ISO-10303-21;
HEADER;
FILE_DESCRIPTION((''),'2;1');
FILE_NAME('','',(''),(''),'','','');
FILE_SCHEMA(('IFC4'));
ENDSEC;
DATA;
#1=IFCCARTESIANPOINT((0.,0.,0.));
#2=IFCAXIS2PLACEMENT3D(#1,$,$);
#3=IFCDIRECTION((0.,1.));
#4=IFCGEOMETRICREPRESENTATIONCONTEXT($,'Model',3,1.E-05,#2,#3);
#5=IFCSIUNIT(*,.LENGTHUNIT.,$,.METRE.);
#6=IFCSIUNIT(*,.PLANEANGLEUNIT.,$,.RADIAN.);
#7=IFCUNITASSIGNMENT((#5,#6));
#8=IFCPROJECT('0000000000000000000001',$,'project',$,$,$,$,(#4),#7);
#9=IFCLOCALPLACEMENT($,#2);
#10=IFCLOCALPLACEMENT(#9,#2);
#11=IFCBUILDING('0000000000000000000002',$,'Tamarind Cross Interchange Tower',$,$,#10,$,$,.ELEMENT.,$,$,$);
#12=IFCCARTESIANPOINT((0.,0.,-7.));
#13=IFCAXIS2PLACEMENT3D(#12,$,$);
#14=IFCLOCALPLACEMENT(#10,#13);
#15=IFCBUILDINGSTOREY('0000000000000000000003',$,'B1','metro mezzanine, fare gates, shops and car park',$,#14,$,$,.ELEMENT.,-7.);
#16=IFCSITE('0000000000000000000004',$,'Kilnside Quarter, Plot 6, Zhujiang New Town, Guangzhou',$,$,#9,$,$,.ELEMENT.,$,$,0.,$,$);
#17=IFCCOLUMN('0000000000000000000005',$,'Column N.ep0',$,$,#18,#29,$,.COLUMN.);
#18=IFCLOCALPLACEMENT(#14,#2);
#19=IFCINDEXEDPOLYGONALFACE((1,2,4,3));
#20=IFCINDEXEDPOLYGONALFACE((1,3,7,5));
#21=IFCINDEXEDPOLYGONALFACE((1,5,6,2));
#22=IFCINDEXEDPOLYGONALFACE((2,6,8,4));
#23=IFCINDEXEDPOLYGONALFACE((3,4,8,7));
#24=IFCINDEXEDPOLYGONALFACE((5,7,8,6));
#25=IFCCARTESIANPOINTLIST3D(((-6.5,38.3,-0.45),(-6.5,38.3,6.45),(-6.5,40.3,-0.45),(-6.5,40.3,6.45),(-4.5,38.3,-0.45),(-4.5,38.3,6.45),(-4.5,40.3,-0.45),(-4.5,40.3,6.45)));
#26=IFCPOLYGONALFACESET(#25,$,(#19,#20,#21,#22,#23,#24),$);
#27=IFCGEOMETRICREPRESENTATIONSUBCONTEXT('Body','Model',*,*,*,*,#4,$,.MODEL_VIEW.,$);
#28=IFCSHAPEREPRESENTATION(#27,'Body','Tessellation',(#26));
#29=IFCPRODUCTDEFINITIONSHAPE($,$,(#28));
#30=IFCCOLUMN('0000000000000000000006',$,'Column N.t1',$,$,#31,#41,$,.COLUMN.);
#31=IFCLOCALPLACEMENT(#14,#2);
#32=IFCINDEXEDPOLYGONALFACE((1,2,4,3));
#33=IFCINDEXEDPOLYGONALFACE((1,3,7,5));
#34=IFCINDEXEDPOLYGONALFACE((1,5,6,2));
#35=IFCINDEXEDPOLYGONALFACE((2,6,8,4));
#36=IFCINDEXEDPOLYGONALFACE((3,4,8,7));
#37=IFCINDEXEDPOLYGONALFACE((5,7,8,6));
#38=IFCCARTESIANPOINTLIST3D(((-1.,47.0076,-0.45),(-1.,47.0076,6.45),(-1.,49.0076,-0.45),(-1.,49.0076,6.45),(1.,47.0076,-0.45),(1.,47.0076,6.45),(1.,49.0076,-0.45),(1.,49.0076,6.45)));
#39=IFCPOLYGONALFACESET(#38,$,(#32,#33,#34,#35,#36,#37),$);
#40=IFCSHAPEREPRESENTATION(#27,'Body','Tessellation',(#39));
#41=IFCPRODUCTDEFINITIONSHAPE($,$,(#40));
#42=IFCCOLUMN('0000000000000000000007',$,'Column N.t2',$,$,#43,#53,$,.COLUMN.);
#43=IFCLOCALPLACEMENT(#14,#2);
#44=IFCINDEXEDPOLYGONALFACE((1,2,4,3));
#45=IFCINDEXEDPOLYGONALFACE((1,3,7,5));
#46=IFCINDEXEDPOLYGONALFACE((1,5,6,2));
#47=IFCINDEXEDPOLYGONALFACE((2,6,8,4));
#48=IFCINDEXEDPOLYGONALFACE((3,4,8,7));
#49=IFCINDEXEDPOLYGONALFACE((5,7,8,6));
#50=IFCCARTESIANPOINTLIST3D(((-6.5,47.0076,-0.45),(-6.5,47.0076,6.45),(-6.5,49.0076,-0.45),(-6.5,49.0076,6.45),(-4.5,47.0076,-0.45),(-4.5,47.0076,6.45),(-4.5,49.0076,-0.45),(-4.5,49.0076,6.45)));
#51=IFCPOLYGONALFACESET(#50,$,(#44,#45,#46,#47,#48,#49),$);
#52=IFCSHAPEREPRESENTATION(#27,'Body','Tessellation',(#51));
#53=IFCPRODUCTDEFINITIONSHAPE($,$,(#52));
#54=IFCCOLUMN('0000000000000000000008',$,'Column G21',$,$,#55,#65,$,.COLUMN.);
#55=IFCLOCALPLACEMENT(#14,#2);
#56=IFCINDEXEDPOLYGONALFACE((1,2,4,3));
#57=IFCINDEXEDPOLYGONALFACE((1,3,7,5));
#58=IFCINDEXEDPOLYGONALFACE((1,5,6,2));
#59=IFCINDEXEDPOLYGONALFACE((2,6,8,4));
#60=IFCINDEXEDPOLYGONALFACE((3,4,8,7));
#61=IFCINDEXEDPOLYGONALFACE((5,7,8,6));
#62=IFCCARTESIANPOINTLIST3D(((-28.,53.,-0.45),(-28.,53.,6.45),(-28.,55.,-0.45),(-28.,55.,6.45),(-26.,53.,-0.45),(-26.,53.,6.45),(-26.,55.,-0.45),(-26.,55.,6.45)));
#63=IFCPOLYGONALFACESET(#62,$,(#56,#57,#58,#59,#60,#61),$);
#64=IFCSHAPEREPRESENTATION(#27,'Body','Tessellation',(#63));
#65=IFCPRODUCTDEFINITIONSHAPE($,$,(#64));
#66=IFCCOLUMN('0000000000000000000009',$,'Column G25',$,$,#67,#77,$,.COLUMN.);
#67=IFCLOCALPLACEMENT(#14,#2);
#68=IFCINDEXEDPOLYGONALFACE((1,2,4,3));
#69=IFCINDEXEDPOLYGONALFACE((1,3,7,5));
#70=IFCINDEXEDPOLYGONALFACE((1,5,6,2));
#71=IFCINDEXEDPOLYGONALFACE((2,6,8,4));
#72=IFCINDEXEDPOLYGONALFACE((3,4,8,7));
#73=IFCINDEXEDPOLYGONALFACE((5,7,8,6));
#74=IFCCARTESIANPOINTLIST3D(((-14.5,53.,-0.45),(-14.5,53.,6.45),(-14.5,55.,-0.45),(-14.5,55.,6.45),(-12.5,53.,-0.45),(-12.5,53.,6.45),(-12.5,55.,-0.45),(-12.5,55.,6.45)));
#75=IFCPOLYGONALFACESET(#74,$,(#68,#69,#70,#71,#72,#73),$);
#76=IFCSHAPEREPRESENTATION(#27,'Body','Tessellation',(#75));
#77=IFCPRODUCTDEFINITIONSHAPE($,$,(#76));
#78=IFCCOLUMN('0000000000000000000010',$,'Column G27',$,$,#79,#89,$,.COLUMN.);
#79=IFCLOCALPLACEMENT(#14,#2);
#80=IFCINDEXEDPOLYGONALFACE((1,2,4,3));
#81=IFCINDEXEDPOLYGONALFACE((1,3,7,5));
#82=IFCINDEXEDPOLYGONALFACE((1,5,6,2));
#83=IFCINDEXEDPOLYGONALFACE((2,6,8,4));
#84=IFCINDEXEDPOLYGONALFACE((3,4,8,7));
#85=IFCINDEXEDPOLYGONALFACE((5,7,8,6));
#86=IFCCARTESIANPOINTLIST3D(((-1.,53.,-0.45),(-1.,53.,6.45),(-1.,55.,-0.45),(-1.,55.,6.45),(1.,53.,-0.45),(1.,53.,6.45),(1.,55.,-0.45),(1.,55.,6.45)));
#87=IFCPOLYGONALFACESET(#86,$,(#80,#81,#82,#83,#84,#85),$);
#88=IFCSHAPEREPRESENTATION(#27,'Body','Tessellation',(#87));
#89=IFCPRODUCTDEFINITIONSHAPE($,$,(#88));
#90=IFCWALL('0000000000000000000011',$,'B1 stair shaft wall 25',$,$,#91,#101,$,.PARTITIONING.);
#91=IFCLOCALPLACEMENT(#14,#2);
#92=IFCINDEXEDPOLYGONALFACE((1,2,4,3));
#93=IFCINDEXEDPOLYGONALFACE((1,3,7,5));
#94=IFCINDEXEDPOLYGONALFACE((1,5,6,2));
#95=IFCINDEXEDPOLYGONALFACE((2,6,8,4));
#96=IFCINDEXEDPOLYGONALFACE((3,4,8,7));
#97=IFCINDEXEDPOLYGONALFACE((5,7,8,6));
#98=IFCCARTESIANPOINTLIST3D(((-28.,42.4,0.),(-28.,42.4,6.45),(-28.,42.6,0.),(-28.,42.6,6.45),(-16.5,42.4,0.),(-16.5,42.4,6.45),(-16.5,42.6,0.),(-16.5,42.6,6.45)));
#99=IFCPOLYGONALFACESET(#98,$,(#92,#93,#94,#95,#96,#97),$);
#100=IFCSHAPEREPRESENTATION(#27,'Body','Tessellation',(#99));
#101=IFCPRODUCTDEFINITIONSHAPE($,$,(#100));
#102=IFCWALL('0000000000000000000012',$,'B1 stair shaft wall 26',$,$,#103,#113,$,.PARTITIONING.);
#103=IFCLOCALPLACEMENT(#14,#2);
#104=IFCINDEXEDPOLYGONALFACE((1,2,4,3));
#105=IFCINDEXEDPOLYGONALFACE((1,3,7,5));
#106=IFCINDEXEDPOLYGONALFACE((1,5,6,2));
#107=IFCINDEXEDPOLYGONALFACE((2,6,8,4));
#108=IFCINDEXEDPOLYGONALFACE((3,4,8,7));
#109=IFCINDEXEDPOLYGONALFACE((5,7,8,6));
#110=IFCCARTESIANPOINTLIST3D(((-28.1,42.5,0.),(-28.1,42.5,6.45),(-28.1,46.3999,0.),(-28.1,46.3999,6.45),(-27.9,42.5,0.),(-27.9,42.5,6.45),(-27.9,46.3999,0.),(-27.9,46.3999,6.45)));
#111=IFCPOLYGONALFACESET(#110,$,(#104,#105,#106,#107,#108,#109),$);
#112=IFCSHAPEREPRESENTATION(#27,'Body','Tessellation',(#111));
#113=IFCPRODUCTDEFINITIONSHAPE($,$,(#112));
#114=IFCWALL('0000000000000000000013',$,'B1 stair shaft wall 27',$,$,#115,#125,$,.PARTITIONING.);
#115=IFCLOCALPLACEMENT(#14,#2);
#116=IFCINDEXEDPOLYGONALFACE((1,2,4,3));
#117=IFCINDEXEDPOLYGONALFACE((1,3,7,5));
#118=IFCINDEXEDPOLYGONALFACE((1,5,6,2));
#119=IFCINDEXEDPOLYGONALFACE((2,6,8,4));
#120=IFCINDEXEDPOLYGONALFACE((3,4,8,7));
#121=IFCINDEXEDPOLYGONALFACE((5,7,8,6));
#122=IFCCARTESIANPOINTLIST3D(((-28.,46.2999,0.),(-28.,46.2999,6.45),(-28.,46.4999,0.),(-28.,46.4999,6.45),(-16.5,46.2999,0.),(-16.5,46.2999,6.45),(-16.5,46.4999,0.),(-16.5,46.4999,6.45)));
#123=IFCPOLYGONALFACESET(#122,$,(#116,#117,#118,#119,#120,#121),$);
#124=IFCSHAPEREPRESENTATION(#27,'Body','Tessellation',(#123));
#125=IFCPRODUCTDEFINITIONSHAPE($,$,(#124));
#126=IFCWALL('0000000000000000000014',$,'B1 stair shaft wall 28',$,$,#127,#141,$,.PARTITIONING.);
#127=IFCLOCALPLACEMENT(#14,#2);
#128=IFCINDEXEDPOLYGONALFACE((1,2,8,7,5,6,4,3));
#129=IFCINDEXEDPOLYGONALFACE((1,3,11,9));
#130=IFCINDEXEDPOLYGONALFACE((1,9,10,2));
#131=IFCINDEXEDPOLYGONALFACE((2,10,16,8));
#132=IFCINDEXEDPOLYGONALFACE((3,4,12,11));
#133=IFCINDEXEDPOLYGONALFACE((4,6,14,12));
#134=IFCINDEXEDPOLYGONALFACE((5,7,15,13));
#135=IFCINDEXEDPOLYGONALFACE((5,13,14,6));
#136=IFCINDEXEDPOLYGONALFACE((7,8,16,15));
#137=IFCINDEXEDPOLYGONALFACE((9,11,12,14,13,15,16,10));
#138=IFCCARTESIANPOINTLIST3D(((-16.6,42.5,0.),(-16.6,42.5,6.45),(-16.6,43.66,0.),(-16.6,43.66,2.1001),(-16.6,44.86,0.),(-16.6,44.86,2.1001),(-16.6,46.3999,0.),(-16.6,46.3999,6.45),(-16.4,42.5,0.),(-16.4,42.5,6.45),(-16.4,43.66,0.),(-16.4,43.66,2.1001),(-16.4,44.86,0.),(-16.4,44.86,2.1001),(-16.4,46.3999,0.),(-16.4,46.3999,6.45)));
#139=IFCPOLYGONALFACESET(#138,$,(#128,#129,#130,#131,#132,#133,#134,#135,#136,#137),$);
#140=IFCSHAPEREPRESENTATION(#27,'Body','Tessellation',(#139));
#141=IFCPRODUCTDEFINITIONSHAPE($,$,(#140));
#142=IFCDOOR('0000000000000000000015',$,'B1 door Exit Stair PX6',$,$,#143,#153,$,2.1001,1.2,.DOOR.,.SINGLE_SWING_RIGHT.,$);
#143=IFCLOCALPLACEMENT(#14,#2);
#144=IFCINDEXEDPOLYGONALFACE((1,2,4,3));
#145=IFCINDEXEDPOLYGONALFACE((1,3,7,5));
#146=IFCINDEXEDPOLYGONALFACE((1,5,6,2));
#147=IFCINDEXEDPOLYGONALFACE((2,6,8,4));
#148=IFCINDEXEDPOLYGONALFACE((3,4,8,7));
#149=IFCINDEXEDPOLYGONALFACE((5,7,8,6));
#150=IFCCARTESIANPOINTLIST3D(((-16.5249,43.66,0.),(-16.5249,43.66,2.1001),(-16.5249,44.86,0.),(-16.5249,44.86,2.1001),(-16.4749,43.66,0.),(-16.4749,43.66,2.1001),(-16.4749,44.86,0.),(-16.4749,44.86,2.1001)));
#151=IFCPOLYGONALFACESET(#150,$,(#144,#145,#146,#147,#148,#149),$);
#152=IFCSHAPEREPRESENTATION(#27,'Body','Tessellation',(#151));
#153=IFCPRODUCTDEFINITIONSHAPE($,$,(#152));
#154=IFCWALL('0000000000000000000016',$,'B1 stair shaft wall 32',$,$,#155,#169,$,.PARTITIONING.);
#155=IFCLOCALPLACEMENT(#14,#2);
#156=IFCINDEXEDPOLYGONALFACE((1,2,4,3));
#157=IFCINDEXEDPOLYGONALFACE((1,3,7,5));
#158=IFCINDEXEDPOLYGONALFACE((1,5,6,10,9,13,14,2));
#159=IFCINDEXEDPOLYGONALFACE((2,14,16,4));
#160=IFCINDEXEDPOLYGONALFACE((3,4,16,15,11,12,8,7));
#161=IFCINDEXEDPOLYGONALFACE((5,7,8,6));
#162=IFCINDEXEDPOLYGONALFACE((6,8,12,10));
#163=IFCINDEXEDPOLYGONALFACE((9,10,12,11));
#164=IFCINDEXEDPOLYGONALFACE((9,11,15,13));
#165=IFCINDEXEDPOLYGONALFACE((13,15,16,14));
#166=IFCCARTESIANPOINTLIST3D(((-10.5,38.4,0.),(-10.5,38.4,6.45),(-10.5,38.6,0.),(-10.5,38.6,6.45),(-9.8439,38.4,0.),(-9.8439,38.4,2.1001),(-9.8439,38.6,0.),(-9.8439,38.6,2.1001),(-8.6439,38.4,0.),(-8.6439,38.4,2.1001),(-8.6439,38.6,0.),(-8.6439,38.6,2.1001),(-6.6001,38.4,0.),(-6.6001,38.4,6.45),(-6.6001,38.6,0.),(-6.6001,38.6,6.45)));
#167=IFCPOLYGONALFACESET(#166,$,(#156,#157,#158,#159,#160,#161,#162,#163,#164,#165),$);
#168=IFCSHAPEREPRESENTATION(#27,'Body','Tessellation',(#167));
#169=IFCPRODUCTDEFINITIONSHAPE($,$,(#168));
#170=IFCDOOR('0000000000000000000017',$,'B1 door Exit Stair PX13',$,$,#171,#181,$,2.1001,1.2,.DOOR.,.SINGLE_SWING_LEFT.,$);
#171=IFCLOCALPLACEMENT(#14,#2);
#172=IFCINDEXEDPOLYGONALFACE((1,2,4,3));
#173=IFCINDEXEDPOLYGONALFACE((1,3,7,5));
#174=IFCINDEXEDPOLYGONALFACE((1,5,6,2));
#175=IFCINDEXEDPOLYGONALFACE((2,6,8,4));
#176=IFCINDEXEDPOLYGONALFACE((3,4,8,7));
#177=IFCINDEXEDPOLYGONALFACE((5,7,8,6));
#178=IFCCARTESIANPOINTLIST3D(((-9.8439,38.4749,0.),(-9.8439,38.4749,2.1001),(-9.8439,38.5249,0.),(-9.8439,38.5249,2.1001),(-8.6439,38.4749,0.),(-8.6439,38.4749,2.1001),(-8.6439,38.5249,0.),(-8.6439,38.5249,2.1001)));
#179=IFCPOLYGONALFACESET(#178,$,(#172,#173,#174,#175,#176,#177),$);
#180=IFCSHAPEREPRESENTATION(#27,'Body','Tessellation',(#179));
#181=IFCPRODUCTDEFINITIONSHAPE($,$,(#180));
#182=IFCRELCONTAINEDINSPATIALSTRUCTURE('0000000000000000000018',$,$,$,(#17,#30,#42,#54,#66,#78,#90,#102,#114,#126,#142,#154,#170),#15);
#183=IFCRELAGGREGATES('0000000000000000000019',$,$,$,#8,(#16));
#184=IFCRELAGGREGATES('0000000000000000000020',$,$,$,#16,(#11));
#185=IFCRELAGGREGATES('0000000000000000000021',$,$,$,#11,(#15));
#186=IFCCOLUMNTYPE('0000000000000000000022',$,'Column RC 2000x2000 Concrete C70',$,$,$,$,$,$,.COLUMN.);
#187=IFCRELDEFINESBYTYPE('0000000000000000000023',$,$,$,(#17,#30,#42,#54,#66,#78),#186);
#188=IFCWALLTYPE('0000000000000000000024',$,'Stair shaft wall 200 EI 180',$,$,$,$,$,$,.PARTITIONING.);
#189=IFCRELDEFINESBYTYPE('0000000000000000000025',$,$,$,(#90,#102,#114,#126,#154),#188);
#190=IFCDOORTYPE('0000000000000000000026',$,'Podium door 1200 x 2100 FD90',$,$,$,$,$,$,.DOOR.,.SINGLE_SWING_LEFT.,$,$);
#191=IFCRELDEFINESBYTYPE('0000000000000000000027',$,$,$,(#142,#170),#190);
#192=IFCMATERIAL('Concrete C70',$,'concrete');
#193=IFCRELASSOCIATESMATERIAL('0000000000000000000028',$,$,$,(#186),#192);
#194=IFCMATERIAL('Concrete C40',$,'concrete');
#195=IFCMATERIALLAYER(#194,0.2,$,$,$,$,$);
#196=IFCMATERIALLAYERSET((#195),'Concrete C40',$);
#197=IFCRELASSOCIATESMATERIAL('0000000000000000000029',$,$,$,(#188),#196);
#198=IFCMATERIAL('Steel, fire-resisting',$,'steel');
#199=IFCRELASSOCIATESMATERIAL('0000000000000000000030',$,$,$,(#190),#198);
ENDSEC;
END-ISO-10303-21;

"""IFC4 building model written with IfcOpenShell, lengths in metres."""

from ifc_helpers import new_model, si_unit, direction, frame, frame_2d, origin, origin_2d, place, context, subcontext, project, spatial, rectangle, extrude, material, layer, layer_set, material_profile, profile_set, type_object, element, fill, save


model = new_model("IFC4")

# Units and contexts
model_context = context("Model", 3, precision=1e-05, world=origin(), true_north=direction((0.0, 1.0)))
body_context = subcontext(model_context, "Body", "Model", "MODEL_VIEW")
ifc_project = project(units=[si_unit("LENGTHUNIT", "METRE"), si_unit("PLANEANGLEUNIT", "RADIAN")], contexts=[model_context])

# Site, building, storey
site_placement = place(None, origin())
site = spatial("IfcSite", under=ifc_project, at=site_placement, Name="Kilnside Quarter, Plot 6, Zhujiang New Town, Guangzhou", CompositionType="ELEMENT", RefElevation=0.0)
building_placement = place(site_placement, origin())
building = spatial("IfcBuilding", under=site, at=building_placement, Name="Tamarind Cross Interchange Tower", CompositionType="ELEMENT")
storey_placement = place(building_placement, frame((0.0, 0.0, -7.0)))
storey = spatial("IfcBuildingStorey", under=building, at=storey_placement, Name="B1", Description="metro mezzanine, fare gates, shops and car park", CompositionType="ELEMENT", Elevation=-7.0)

# Columns
ifc_material_1 = material(Name="Concrete C70", Category="concrete")
ifc_material_profile = material_profile(ifc_material_1, rectangle(XDim=2.0, YDim=2.0, at=origin_2d()), Name="RC 2000x2000")
ifc_profile_set = profile_set([ifc_material_profile], Name="Concrete C70")
column_type = type_object("IfcColumnType", Name="Column RC 2000x2000 Concrete C70", PredefinedType="COLUMN", material=ifc_profile_set)
for number, where, z_axis, x_axis, name in (
    (1, (-5.5, 39.3, -0.45), (0.0, 0.0, 1.0), (1.0, 0.0, 0.0), "Column N.ep0"),
    (2, (0.0, 48.0076, -0.45), (0.0, 0.0, 1.0), (1.0, 0.0, 0.0), "Column N.t1"),
    (3, (-5.5, 48.0076, -0.45), (0.0, 0.0, 1.0), (1.0, 0.0, 0.0), "Column N.t2"),
    (4, (-27.0, 54.0, -0.45), (0.0, 0.0, 1.0), (1.0, 0.0, 0.0), "Column G21"),
    (5, (-13.5, 54.0, -0.45), (0.0, 0.0, 1.0), (1.0, 0.0, 0.0), "Column G25"),
    (6, (0.0, 54.0, -0.45), (0.0, 0.0, 1.0), (1.0, 0.0, 0.0), "Column G27"),
):
    element("IfcColumn", number, at=place(storey_placement, frame(where, z_axis=z_axis, x_axis=x_axis)), inside=storey, type_object=column_type, Name=name, PredefinedType="COLUMN", context=body_context, shape_type="SweptSolid", body=[
        extrude(rectangle(XDim=2.0, YDim=2.0, at=origin_2d()), origin(), (0.0, 0.0, 1.0), 6.8999),
    ])

# Walls
ifc_material_2 = material(Name="Concrete C40", Category="concrete")
ifc_layer = layer(ifc_material_2, 0.2)
ifc_layer_set = layer_set([ifc_layer], Name="Concrete C40")
wall_type = type_object("IfcWallType", Name="Stair shaft wall 200 EI 180", PredefinedType="PARTITIONING", material=ifc_layer_set)
wall_1_placement = place(storey_placement, frame((-28.0, 42.5, 0.0), z_axis=(0.0, 0.0, 1.0), x_axis=(1.0, 0.0, 0.0)))
element("IfcWall", 7, at=wall_1_placement, inside=storey, type_object=wall_type, Name="B1 stair shaft wall 25", PredefinedType="PARTITIONING", context=body_context, shape_type="SweptSolid", body=[
    extrude(rectangle(XDim=11.5, YDim=0.2, at=frame_2d((5.75, 0.0))), origin(), (0.0, 0.0, 1.0), 6.45),
])
wall_2_placement = place(storey_placement, frame((-28.0, 42.5, 0.0), z_axis=(0.0, 0.0, 1.0), x_axis=(0.0, 1.0, 0.0)))
element("IfcWall", 8, at=wall_2_placement, inside=storey, type_object=wall_type, Name="B1 stair shaft wall 26", PredefinedType="PARTITIONING", context=body_context, shape_type="SweptSolid", body=[
    extrude(rectangle(XDim=3.8999, YDim=0.2, at=frame_2d((1.95, 0.0))), origin(), (0.0, 0.0, 1.0), 6.45),
])
wall_3_placement = place(storey_placement, frame((-28.0, 46.3999, 0.0), z_axis=(0.0, 0.0, 1.0), x_axis=(1.0, 0.0, 0.0)))
element("IfcWall", 9, at=wall_3_placement, inside=storey, type_object=wall_type, Name="B1 stair shaft wall 27", PredefinedType="PARTITIONING", context=body_context, shape_type="SweptSolid", body=[
    extrude(rectangle(XDim=11.5, YDim=0.2, at=frame_2d((5.75, 0.0))), origin(), (0.0, 0.0, 1.0), 6.45),
])

# Walls, openings, doors
wall_4_placement = place(storey_placement, frame((-16.5, 42.5, 0.0), z_axis=(0.0, 0.0, 1.0), x_axis=(0.0, 1.0, 0.0)))
wall_4 = element("IfcWall", 10, at=wall_4_placement, inside=storey, type_object=wall_type, Name="B1 stair shaft wall 28", PredefinedType="PARTITIONING", context=body_context, shape_type="SweptSolid", body=[
    extrude(rectangle(XDim=3.8999, YDim=0.2, at=frame_2d((1.95, 0.0))), origin(), (0.0, 0.0, 1.0), 6.45),
])
opening_1_placement = place(wall_4_placement, frame((1.1599, 0.0, 0.0)))
opening_1 = element("IfcOpeningElement", 11, at=opening_1_placement, cuts=wall_4, PredefinedType="OPENING", context=body_context, shape_type="SweptSolid", body=[
    extrude(rectangle(XDim=1.2, YDim=2.1001, at=frame_2d((0.6001, 1.05))), frame((0.0, 0.1099, 0.0), z_axis=(0.0, -1.0, 0.0), x_axis=(1.0, 0.0, 0.0)), (0.0, 0.0, 1.0), 0.22),
])
ifc_material_3 = material(Name="Steel, fire-resisting", Category="steel")
door_type = type_object("IfcDoorType", Name="Podium door 1200 x 2100 FD90", OperationType="SINGLE_SWING_LEFT", PredefinedType="DOOR", material=ifc_material_3)
door_1_placement = place(opening_1_placement, origin())
door_1 = element("IfcDoor", 12, at=door_1_placement, inside=storey, type_object=door_type, Name="B1 door Exit Stair PX6", OperationType="SINGLE_SWING_RIGHT", OverallHeight=2.1001, OverallWidth=1.2, PredefinedType="DOOR", context=body_context, shape_type="SweptSolid", body=[
    extrude(rectangle(XDim=1.2, YDim=2.1001, at=frame_2d((0.6001, 1.05))), frame((0.0, 0.0249, 0.0), z_axis=(0.0, -1.0, 0.0), x_axis=(1.0, 0.0, 0.0)), (0.0, 0.0, 1.0), 0.05),
])
fill(opening_1, door_1)
wall_5_placement = place(storey_placement, frame((-10.5, 38.5, 0.0), z_axis=(0.0, 0.0, 1.0), x_axis=(1.0, 0.0, 0.0)))
wall_5 = element("IfcWall", 13, at=wall_5_placement, inside=storey, type_object=wall_type, Name="B1 stair shaft wall 32", PredefinedType="PARTITIONING", context=body_context, shape_type="SweptSolid", body=[
    extrude(rectangle(XDim=3.8999, YDim=0.2, at=frame_2d((1.95, 0.0))), origin(), (0.0, 0.0, 1.0), 6.45),
])
opening_2_placement = place(wall_5_placement, frame((0.656, 0.0, 0.0)))
opening_2 = element("IfcOpeningElement", 14, at=opening_2_placement, cuts=wall_5, PredefinedType="OPENING", context=body_context, shape_type="SweptSolid", body=[
    extrude(rectangle(XDim=1.2, YDim=2.1001, at=frame_2d((0.6001, 1.05))), frame((0.0, 0.1099, 0.0), z_axis=(0.0, -1.0, 0.0), x_axis=(1.0, 0.0, 0.0)), (0.0, 0.0, 1.0), 0.22),
])
door_2_placement = place(opening_2_placement, origin())
door_2 = element("IfcDoor", 15, at=door_2_placement, inside=storey, type_object=door_type, Name="B1 door Exit Stair PX13", OperationType="SINGLE_SWING_LEFT", OverallHeight=2.1001, OverallWidth=1.2, PredefinedType="DOOR", context=body_context, shape_type="SweptSolid", body=[
    extrude(rectangle(XDim=1.2, YDim=2.1001, at=frame_2d((0.6001, 1.05))), frame((0.0, 0.0249, 0.0), z_axis=(0.0, -1.0, 0.0), x_axis=(1.0, 0.0, 0.0)), (0.0, 0.0, 1.0), 0.05),
])
fill(opening_2, door_2)

save(model, "model.ifc")
